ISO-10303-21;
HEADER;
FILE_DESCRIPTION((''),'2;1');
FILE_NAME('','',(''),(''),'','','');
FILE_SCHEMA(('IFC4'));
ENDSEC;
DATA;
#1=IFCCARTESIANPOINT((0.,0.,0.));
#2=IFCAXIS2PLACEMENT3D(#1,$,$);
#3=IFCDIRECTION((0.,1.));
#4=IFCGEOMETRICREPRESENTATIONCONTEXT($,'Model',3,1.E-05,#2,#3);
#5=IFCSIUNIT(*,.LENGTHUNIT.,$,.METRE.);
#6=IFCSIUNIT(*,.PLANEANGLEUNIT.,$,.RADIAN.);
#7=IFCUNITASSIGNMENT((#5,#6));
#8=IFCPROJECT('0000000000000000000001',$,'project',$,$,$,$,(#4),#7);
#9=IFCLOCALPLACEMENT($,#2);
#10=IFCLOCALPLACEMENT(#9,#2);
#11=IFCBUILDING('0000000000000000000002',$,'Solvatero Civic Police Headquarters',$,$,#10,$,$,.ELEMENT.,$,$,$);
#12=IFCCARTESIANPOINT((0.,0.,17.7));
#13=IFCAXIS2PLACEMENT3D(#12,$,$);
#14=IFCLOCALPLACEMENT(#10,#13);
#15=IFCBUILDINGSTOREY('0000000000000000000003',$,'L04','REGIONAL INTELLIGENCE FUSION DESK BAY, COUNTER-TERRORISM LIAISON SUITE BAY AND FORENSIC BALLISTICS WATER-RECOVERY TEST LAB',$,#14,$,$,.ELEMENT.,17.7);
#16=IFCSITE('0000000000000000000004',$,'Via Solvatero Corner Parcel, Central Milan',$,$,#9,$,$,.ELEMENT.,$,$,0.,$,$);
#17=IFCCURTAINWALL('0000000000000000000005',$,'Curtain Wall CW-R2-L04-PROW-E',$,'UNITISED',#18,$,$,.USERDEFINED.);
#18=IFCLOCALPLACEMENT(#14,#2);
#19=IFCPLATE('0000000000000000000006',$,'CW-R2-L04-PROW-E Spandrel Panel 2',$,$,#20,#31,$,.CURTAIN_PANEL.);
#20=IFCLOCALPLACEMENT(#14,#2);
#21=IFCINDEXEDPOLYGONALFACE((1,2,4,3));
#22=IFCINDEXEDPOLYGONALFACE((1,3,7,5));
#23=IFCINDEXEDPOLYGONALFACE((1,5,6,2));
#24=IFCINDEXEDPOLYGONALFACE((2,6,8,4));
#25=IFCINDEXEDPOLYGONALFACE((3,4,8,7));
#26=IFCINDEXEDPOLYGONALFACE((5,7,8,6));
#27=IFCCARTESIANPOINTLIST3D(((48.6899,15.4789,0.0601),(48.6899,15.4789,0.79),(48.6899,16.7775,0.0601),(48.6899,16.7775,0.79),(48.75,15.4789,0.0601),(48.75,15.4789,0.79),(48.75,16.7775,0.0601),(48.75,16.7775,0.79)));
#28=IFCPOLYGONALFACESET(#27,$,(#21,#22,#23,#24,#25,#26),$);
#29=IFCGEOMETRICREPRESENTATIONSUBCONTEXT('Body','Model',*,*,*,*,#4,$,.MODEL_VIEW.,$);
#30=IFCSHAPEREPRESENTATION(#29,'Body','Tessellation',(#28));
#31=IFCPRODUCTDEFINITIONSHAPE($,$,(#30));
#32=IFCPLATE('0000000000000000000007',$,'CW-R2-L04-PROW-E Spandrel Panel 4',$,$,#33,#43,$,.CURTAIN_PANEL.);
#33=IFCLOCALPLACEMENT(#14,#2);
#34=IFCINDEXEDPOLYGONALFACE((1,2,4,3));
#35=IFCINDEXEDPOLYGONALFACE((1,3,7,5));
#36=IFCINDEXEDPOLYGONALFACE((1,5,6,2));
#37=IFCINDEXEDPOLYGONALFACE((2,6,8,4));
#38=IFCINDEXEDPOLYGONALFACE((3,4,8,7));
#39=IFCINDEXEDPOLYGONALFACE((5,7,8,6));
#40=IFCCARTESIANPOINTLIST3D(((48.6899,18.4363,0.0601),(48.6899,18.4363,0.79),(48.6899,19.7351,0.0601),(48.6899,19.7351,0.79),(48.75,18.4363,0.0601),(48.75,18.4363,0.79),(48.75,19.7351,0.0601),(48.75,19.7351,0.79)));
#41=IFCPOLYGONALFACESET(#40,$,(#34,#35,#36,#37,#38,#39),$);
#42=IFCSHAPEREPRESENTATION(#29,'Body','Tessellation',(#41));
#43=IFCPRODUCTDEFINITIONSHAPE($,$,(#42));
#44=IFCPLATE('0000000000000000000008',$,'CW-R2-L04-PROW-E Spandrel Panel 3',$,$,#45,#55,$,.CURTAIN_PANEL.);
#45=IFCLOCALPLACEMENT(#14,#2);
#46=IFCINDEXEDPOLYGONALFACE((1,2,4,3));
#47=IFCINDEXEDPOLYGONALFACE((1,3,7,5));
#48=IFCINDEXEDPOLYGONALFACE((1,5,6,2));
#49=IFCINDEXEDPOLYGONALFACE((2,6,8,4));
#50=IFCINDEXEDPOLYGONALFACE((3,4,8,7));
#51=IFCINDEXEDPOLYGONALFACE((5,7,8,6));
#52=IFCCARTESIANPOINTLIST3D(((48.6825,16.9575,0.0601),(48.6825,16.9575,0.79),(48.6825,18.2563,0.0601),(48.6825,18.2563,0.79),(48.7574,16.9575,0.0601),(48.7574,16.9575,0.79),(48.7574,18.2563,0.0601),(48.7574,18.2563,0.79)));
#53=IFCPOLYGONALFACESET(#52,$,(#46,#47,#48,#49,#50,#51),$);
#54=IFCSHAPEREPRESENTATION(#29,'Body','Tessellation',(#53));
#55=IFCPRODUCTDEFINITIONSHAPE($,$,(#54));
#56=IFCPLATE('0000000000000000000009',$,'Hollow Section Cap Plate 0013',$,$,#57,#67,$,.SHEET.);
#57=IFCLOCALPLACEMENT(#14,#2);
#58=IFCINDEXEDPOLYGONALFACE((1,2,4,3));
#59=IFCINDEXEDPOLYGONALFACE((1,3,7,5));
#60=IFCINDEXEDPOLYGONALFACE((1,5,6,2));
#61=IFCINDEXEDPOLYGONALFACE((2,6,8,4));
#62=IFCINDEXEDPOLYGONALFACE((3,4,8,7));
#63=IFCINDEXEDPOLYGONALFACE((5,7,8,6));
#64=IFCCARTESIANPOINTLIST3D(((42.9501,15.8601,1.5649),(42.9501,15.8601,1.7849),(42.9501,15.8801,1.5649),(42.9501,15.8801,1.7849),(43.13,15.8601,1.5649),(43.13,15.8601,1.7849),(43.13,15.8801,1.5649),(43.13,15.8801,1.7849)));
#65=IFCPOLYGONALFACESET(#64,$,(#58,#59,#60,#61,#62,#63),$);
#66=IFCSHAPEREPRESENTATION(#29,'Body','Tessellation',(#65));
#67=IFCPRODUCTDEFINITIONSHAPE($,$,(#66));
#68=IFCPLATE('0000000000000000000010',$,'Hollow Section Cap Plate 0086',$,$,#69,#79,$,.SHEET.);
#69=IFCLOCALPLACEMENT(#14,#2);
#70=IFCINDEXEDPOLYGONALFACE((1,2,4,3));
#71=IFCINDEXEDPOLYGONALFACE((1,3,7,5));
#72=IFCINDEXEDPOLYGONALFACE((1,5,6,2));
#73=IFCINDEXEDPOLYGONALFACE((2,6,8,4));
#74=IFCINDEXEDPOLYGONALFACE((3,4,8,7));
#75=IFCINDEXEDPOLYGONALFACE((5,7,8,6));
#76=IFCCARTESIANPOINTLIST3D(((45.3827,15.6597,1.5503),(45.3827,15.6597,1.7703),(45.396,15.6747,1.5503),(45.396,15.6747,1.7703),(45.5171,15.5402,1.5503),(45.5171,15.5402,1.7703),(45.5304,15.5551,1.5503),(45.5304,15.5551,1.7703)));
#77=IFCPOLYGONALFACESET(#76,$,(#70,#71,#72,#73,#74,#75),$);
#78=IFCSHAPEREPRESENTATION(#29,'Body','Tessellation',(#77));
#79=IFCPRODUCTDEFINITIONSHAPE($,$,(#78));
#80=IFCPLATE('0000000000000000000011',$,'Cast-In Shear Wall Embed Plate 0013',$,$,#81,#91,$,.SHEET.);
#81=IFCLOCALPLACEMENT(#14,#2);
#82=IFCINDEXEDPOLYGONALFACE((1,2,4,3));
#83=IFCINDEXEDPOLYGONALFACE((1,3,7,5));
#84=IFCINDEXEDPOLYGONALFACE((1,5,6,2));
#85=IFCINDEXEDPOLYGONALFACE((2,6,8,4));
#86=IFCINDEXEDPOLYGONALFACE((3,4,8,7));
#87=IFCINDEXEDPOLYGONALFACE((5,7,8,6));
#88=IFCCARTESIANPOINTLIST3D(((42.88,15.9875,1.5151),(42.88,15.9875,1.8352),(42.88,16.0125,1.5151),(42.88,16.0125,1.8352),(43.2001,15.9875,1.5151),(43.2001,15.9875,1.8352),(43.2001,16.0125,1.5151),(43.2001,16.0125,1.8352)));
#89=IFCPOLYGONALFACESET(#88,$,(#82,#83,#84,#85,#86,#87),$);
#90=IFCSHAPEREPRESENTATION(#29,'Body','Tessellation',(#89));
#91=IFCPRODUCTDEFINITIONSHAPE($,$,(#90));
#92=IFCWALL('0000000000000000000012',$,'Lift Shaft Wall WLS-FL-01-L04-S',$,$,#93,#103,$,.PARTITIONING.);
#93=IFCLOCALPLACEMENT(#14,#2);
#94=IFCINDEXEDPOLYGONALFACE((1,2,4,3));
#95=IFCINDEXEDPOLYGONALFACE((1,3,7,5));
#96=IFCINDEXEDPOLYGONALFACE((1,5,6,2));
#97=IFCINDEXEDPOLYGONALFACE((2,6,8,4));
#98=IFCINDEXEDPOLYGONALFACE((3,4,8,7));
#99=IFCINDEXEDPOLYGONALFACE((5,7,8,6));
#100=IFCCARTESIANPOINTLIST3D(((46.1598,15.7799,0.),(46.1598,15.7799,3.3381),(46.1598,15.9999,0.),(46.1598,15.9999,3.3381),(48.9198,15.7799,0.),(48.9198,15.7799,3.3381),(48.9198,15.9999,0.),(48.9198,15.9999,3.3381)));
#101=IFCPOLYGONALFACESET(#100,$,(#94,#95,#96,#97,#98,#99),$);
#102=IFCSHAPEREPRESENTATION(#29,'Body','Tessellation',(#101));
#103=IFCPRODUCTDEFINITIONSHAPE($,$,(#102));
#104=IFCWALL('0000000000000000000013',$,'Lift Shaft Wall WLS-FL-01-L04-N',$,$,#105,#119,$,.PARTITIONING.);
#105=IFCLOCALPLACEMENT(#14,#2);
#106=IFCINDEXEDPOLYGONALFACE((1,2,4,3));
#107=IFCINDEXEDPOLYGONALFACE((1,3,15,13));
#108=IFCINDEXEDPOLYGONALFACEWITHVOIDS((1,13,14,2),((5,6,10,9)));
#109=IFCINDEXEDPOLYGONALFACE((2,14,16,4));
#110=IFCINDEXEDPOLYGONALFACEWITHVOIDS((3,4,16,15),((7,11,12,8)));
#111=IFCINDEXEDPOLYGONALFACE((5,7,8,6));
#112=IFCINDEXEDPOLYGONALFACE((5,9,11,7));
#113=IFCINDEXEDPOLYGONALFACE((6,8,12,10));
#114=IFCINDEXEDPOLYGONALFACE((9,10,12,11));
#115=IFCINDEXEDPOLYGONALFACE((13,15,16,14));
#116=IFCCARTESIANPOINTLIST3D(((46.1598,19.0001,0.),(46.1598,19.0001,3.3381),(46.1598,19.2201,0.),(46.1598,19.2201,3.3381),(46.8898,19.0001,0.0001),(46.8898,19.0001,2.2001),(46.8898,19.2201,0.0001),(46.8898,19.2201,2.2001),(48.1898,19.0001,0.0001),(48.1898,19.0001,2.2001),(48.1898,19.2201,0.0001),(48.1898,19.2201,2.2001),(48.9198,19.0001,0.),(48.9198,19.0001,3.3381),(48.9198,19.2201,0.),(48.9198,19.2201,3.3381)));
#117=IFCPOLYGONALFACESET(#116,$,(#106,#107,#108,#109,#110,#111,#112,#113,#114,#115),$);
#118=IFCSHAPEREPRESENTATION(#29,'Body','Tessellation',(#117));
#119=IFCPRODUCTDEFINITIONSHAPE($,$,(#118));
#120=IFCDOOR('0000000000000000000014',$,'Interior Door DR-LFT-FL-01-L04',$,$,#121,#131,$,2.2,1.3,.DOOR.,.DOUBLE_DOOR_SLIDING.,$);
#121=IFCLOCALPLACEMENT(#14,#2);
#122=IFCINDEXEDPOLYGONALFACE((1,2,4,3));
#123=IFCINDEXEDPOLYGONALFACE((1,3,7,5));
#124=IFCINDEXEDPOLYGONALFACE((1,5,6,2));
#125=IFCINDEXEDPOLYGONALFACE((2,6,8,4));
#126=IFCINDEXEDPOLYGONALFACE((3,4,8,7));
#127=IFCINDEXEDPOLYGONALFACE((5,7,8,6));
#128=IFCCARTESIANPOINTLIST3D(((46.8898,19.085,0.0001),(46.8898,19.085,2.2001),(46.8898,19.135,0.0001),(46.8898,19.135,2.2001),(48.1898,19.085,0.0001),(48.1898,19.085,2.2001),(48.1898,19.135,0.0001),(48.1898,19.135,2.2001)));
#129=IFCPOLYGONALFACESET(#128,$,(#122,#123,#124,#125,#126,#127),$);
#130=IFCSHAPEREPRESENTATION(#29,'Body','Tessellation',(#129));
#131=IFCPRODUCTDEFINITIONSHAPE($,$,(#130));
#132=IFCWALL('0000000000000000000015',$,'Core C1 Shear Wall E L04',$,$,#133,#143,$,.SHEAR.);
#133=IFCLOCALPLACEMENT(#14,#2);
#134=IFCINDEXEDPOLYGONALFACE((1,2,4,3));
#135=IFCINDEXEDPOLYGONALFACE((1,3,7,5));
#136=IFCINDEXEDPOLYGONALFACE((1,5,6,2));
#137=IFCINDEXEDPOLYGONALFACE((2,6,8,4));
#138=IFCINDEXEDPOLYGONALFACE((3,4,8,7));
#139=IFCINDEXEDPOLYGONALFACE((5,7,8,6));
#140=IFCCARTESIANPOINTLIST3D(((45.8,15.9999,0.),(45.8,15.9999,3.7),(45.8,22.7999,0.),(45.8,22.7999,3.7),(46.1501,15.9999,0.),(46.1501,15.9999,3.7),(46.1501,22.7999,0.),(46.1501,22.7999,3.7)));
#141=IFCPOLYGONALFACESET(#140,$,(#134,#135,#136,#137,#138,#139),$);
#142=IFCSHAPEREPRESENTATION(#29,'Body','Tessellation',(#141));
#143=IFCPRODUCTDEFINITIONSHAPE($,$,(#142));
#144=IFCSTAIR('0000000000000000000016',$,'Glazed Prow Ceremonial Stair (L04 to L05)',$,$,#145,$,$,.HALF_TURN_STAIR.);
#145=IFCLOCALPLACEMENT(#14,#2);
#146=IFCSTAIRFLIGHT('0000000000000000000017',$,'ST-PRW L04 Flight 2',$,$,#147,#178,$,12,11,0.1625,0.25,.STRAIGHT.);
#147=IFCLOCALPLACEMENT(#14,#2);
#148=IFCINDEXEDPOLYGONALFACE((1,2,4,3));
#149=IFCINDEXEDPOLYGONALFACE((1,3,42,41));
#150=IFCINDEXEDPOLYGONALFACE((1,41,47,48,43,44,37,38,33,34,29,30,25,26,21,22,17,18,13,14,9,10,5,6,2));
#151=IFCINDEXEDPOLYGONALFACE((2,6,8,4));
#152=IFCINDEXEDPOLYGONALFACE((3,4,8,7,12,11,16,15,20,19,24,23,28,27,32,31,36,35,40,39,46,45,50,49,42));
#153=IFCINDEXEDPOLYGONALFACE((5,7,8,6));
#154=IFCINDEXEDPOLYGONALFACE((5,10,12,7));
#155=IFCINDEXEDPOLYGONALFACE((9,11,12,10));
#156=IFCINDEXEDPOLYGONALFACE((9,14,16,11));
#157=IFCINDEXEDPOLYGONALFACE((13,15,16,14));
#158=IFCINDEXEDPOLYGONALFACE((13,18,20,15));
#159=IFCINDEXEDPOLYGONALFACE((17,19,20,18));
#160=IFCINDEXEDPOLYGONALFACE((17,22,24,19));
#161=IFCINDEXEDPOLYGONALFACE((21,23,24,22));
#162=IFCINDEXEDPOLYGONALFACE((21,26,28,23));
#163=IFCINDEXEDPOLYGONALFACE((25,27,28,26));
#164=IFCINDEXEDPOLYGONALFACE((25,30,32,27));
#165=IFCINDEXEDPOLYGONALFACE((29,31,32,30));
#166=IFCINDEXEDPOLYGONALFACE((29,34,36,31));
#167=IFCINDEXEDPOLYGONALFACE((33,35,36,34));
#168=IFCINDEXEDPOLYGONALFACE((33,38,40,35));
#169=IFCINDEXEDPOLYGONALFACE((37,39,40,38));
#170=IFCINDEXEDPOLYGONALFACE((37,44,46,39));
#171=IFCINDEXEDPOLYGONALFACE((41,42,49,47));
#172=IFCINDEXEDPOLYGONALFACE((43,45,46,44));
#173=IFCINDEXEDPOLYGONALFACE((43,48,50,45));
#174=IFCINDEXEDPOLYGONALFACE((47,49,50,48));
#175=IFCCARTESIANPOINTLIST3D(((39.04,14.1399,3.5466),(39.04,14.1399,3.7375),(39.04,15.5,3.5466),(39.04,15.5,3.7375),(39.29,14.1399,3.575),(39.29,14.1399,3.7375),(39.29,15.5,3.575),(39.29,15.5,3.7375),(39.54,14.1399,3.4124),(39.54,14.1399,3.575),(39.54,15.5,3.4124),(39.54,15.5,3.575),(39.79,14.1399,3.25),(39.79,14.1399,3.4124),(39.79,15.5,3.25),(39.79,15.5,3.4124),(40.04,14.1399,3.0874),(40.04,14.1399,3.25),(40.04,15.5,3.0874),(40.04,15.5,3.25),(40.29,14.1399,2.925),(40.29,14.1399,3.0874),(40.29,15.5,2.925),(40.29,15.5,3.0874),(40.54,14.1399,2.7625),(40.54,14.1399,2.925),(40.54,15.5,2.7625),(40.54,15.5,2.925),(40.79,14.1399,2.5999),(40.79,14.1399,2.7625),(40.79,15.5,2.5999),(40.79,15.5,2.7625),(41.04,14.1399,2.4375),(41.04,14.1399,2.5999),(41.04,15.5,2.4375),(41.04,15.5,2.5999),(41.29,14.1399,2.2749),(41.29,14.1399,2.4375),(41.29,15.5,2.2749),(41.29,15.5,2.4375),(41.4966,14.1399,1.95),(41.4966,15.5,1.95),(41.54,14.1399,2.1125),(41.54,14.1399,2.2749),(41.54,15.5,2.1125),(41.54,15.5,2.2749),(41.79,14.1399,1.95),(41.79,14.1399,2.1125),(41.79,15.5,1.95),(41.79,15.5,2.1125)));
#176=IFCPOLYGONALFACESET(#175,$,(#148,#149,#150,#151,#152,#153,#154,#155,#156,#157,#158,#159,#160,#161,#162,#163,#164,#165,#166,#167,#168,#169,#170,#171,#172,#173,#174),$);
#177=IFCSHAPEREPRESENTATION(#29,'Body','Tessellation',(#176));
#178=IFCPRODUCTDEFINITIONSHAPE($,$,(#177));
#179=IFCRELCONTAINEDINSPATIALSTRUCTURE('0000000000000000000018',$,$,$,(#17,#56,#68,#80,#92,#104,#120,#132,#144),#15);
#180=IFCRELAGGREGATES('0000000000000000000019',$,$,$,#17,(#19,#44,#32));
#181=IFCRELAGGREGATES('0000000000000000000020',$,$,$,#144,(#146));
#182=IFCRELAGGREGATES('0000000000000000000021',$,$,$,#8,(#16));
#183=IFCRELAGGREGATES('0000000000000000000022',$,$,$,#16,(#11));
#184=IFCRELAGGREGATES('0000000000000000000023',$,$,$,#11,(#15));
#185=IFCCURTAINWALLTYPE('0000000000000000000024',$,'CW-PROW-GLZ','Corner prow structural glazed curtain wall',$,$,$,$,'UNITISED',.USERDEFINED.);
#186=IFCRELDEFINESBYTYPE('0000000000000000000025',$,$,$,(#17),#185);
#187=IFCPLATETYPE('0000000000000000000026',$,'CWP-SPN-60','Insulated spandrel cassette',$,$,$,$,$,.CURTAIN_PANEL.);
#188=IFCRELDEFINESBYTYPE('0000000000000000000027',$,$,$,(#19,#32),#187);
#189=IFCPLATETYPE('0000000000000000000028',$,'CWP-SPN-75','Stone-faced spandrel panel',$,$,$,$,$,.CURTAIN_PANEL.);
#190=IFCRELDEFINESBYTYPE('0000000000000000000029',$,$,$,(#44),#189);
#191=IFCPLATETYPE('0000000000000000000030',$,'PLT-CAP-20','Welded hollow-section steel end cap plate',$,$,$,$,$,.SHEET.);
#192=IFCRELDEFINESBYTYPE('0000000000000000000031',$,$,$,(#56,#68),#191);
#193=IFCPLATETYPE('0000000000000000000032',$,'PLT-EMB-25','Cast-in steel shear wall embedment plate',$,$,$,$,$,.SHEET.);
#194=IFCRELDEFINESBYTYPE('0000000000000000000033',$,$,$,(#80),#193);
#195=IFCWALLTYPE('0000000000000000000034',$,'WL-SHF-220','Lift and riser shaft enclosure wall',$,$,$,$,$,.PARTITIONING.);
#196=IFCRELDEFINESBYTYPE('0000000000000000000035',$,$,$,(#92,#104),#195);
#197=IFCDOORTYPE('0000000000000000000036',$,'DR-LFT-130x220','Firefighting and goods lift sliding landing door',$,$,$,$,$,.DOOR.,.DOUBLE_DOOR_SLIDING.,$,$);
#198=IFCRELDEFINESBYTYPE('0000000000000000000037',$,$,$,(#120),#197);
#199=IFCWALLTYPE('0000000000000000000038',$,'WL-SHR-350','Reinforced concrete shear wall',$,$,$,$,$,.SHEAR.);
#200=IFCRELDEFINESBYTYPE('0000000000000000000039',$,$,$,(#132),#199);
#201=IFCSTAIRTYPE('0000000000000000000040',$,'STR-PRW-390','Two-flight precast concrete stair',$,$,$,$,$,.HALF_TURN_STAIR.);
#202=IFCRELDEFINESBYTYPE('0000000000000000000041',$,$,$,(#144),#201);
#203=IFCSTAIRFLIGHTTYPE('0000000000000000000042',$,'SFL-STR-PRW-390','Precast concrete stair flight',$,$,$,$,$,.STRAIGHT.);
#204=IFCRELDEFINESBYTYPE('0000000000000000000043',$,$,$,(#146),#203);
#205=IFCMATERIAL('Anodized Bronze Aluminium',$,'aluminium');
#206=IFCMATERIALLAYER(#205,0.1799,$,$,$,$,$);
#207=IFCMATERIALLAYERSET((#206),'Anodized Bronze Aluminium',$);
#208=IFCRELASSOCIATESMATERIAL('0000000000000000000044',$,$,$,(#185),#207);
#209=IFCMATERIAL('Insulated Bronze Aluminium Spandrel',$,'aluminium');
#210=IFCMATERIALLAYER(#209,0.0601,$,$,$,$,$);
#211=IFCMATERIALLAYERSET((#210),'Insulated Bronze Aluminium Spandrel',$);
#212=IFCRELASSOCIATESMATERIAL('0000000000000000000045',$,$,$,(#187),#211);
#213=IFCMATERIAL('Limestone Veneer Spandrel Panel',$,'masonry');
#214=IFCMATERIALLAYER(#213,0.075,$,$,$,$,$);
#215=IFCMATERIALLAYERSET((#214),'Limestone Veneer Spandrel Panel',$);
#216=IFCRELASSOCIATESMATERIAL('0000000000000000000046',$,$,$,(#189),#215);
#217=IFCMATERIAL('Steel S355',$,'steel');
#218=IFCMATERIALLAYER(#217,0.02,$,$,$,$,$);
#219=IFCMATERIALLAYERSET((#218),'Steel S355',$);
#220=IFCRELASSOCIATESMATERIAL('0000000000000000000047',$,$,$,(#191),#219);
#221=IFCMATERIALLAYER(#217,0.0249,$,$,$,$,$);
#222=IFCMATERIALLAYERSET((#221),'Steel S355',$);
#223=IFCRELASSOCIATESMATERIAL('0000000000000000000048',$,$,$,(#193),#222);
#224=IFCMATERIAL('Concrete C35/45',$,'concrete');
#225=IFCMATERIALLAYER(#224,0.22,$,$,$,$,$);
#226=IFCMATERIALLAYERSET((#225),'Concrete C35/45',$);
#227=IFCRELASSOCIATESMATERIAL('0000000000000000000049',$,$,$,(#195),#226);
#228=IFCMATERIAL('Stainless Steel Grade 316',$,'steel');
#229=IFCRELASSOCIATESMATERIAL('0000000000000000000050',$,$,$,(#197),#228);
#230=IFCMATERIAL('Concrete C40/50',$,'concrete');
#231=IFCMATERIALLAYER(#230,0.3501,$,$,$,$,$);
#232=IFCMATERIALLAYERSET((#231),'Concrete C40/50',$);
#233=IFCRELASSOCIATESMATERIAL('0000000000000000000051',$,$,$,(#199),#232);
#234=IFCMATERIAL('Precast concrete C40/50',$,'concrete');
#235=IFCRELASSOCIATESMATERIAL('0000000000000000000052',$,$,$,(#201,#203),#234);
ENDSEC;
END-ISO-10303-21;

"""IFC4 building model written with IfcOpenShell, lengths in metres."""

from ifc_helpers import new_model, si_unit, direction, frame, frame_2d, origin, origin_2d, place, context, subcontext, project, spatial, polyline, rectangle, outline, extrude, material, layer, layer_set, type_object, element, fill, aggregate, save


model = new_model("IFC4")

# Units and contexts
model_context = context("Model", 3, precision=1e-05, world=origin(), true_north=direction((0.0, 1.0)))
body_context = subcontext(model_context, "Body", "Model", "MODEL_VIEW")
ifc_project = project(units=[si_unit("LENGTHUNIT", "METRE"), si_unit("PLANEANGLEUNIT", "RADIAN")], contexts=[model_context])

# Site, building, storey
site_placement = place(None, origin())
site = spatial("IfcSite", under=ifc_project, at=site_placement, Name="Via Solvatero Corner Parcel, Central Milan", CompositionType="ELEMENT", RefElevation=0.0)
building_placement = place(site_placement, origin())
building = spatial("IfcBuilding", under=site, at=building_placement, Name="Solvatero Civic Police Headquarters", CompositionType="ELEMENT")
storey_placement = place(building_placement, frame((0.0, 0.0, 17.7)))
storey = spatial("IfcBuildingStorey", under=building, at=storey_placement, Name="L04", Description="REGIONAL INTELLIGENCE FUSION DESK BAY, COUNTER-TERRORISM LIAISON SUITE BAY AND FORENSIC BALLISTICS WATER-RECOVERY TEST LAB", CompositionType="ELEMENT", Elevation=17.7)

# Shared definitions
ifc_material_1 = material(Name="Steel S355", Category="steel")

# Curtain wall
ifc_material_2 = material(Name="Anodized Bronze Aluminium", Category="aluminium")
ifc_layer_1 = layer(ifc_material_2, 0.1799)
ifc_layer_set_1 = layer_set([ifc_layer_1], Name="Anodized Bronze Aluminium")
curtain_wall_type = type_object("IfcCurtainWallType", Name="CW-PROW-GLZ", Description="Corner prow structural glazed curtain wall", ElementType="UNITISED", PredefinedType="USERDEFINED", material=ifc_layer_set_1)
curtain_wall_placement = place(storey_placement, origin())
curtain_wall = element("IfcCurtainWall", 1, at=curtain_wall_placement, inside=storey, type_object=curtain_wall_type, Name="Curtain Wall CW-R2-L04-PROW-E", ObjectType="UNITISED", PredefinedType="USERDEFINED")

# Plates
ifc_material_3 = material(Name="Insulated Bronze Aluminium Spandrel", Category="aluminium")
ifc_layer_2 = layer(ifc_material_3, 0.0601)
ifc_layer_set_2 = layer_set([ifc_layer_2], Name="Insulated Bronze Aluminium Spandrel")
plate_type_1 = type_object("IfcPlateType", Name="CWP-SPN-60", Description="Insulated spandrel cassette", PredefinedType="CURTAIN_PANEL", material=ifc_layer_set_2)
plate_1_placement = place(storey_placement, frame((48.72, 16.1282, 0.0601), z_axis=(0.0, 0.0, 1.0), x_axis=(0.0, 1.0, 0.0)))
plate_1 = element("IfcPlate", 2, at=plate_1_placement, type_object=plate_type_1, Name="CW-R2-L04-PROW-E Spandrel Panel 2", PredefinedType="CURTAIN_PANEL", context=body_context, shape_type="SweptSolid", body=[
    extrude(rectangle(XDim=1.2986, YDim=0.0601, at=origin_2d()), origin(), (0.0, 0.0, 1.0), 0.73),
])
plate_2_placement = place(storey_placement, frame((48.72, 19.0857, 0.0601), z_axis=(0.0, 0.0, 1.0), x_axis=(0.0, 1.0, 0.0)))
plate_2 = element("IfcPlate", 3, at=plate_2_placement, type_object=plate_type_1, Name="CW-R2-L04-PROW-E Spandrel Panel 4", PredefinedType="CURTAIN_PANEL", context=body_context, shape_type="SweptSolid", body=[
    extrude(rectangle(XDim=1.2988, YDim=0.0601, at=origin_2d()), origin(), (0.0, 0.0, 1.0), 0.73),
])
ifc_material_4 = material(Name="Limestone Veneer Spandrel Panel", Category="masonry")
ifc_layer_3 = layer(ifc_material_4, 0.075)
ifc_layer_set_3 = layer_set([ifc_layer_3], Name="Limestone Veneer Spandrel Panel")
plate_type_2 = type_object("IfcPlateType", Name="CWP-SPN-75", Description="Stone-faced spandrel panel", PredefinedType="CURTAIN_PANEL", material=ifc_layer_set_3)
plate_3_placement = place(storey_placement, frame((48.72, 17.6069, 0.0601), z_axis=(0.0, 0.0, 1.0), x_axis=(0.0, 1.0, 0.0)))
plate_3 = element("IfcPlate", 4, at=plate_3_placement, type_object=plate_type_2, Name="CW-R2-L04-PROW-E Spandrel Panel 3", PredefinedType="CURTAIN_PANEL", context=body_context, shape_type="SweptSolid", body=[
    extrude(rectangle(XDim=1.2988, YDim=0.075, at=origin_2d()), origin(), (0.0, 0.0, 1.0), 0.73),
])
aggregate(curtain_wall, [plate_1, plate_3, plate_2])

# Plates
ifc_layer_4 = layer(ifc_material_1, 0.02)
ifc_layer_set_4 = layer_set([ifc_layer_4], Name="Steel S355")
plate_type_3 = type_object("IfcPlateType", Name="PLT-CAP-20", Description="Welded hollow-section steel end cap plate", PredefinedType="SHEET", material=ifc_layer_set_4)
plate_4_placement = place(storey_placement, frame((43.04, 15.8701, 1.5649), z_axis=(0.0, 0.0, 1.0), x_axis=(1.0, 0.0, 0.0)))
element("IfcPlate", 5, at=plate_4_placement, inside=storey, type_object=plate_type_3, Name="Hollow Section Cap Plate 0013", PredefinedType="SHEET", context=body_context, shape_type="SweptSolid", body=[
    extrude(rectangle(XDim=0.1799, YDim=0.02, at=origin_2d()), origin(), (0.0, 0.0, 1.0), 0.22),
])
plate_5_placement = place(storey_placement, frame((45.4565, 15.6074, 1.5503), z_axis=(0.0, 0.0, 1.0), x_axis=(0.66437, 0.747404, 0.0)))
element("IfcPlate", 6, at=plate_5_placement, inside=storey, type_object=plate_type_3, Name="Hollow Section Cap Plate 0086", PredefinedType="SHEET", context=body_context, shape_type="SweptSolid", body=[
    extrude(rectangle(XDim=0.02, YDim=0.1799, at=origin_2d()), origin(), (0.0, 0.0, 1.0), 0.22),
])
ifc_layer_5 = layer(ifc_material_1, 0.0249)
ifc_layer_set_5 = layer_set([ifc_layer_5], Name="Steel S355")
plate_type_4 = type_object("IfcPlateType", Name="PLT-EMB-25", Description="Cast-in steel shear wall embedment plate", PredefinedType="SHEET", material=ifc_layer_set_5)
plate_6_placement = place(storey_placement, frame((43.04, 16.0, 1.5151), z_axis=(0.0, 0.0, 1.0), x_axis=(1.0, 0.0, 0.0)))
element("IfcPlate", 7, at=plate_6_placement, inside=storey, type_object=plate_type_4, Name="Cast-In Shear Wall Embed Plate 0013", PredefinedType="SHEET", context=body_context, shape_type="SweptSolid", body=[
    extrude(rectangle(XDim=0.3201, YDim=0.0249, at=origin_2d()), origin(), (0.0, 0.0, 1.0), 0.3201),
])

# Wall
ifc_material_5 = material(Name="Concrete C35/45", Category="concrete")
ifc_layer_6 = layer(ifc_material_5, 0.22)
ifc_layer_set_6 = layer_set([ifc_layer_6], Name="Concrete C35/45")
wall_type_1 = type_object("IfcWallType", Name="WL-SHF-220", Description="Lift and riser shaft enclosure wall", PredefinedType="PARTITIONING", material=ifc_layer_set_6)
wall_1_placement = place(storey_placement, frame((46.1599, 15.8899, 0.0), z_axis=(0.0, 0.0, 1.0), x_axis=(1.0, 0.0, 0.0)))
element("IfcWall", 8, at=wall_1_placement, inside=storey, type_object=wall_type_1, Name="Lift Shaft Wall WLS-FL-01-L04-S", PredefinedType="PARTITIONING", context=body_context, shape_type="SweptSolid", body=[
    extrude(rectangle(XDim=2.76, YDim=0.22, at=frame_2d((1.3799, 0.0))), origin(), (0.0, 0.0, 1.0), 3.3381),
])

# Wall, opening, door
wall_2_placement = place(storey_placement, frame((46.1599, 19.1101, 0.0), z_axis=(0.0, 0.0, 1.0), x_axis=(1.0, 0.0, 0.0)))
wall_2 = element("IfcWall", 9, at=wall_2_placement, inside=storey, type_object=wall_type_1, Name="Lift Shaft Wall WLS-FL-01-L04-N", PredefinedType="PARTITIONING", context=body_context, shape_type="SweptSolid", body=[
    extrude(rectangle(XDim=2.76, YDim=0.22, at=frame_2d((1.3799, 0.0))), origin(), (0.0, 0.0, 1.0), 3.3381),
])
opening_placement = place(wall_2_placement, frame((0.73, 0.0, 0.0)))
opening = element("IfcOpeningElement", 10, at=opening_placement, cuts=wall_2, PredefinedType="OPENING", context=body_context, shape_type="SweptSolid", body=[
    extrude(rectangle(XDim=1.3, YDim=2.2, at=frame_2d((0.6499, 1.1001))), frame((0.0, 0.1199, 0.0), z_axis=(0.0, -1.0, 0.0), x_axis=(1.0, 0.0, 0.0)), (0.0, 0.0, 1.0), 0.24),
])
ifc_material_6 = material(Name="Stainless Steel Grade 316", Category="steel")
door_type = type_object("IfcDoorType", Name="DR-LFT-130x220", Description="Firefighting and goods lift sliding landing door", OperationType="DOUBLE_DOOR_SLIDING", PredefinedType="DOOR", material=ifc_material_6)
door_placement = place(opening_placement, origin())
door = element("IfcDoor", 11, at=door_placement, inside=storey, type_object=door_type, Name="Interior Door DR-LFT-FL-01-L04", OperationType="DOUBLE_DOOR_SLIDING", OverallHeight=2.2, OverallWidth=1.3, PredefinedType="DOOR", context=body_context, shape_type="SweptSolid", body=[
    extrude(rectangle(XDim=1.3, YDim=2.2, at=frame_2d((0.6499, 1.1001))), frame((0.0, 0.0249, 0.0), z_axis=(0.0, -1.0, 0.0), x_axis=(1.0, 0.0, 0.0)), (0.0, 0.0, 1.0), 0.05),
])
fill(opening, door)

# Wall
ifc_material_7 = material(Name="Concrete C40/50", Category="concrete")
ifc_layer_7 = layer(ifc_material_7, 0.3501)
ifc_layer_set_7 = layer_set([ifc_layer_7], Name="Concrete C40/50")
wall_type_2 = type_object("IfcWallType", Name="WL-SHR-350", Description="Reinforced concrete shear wall", PredefinedType="SHEAR", material=ifc_layer_set_7)
wall_3_placement = place(storey_placement, frame((45.9751, 16.0, 0.0), z_axis=(0.0, 0.0, 1.0), x_axis=(0.0, 1.0, 0.0)))
element("IfcWall", 12, at=wall_3_placement, inside=storey, type_object=wall_type_2, Name="Core C1 Shear Wall E L04", PredefinedType="SHEAR", context=body_context, shape_type="SweptSolid", body=[
    extrude(rectangle(XDim=6.8, YDim=0.3501, at=frame_2d((3.3999, 0.0))), origin(), (0.0, 0.0, 1.0), 3.7),
])

# Stair, stair flight
ifc_material_8 = material(Name="Precast concrete C40/50", Category="concrete")
stair_type = type_object("IfcStairType", Name="STR-PRW-390", Description="Two-flight precast concrete stair", PredefinedType="HALF_TURN_STAIR", material=ifc_material_8)
stair_placement = place(storey_placement, origin())
stair = element("IfcStair", 13, at=stair_placement, inside=storey, type_object=stair_type, Name="Glazed Prow Ceremonial Stair (L04 to L05)", PredefinedType="HALF_TURN_STAIR")
stair_flight_type = type_object("IfcStairFlightType", Name="SFL-STR-PRW-390", Description="Precast concrete stair flight", PredefinedType="STRAIGHT", material=ifc_material_8)
stair_flight_placement = place(storey_placement, frame((41.79, 14.8201, 1.95), z_axis=(0.0, 0.0, 1.0), x_axis=(-1.0, 0.0, 0.0)))
stair_flight = element("IfcStairFlight", 14, at=stair_flight_placement, type_object=stair_flight_type, Name="ST-PRW L04 Flight 2", NumberOfRisers=12, NumberOfTreads=11, PredefinedType="STRAIGHT", RiserHeight=0.1625, TreadLength=0.25, context=body_context, shape_type="SweptSolid", body=[
    extrude(outline(polyline([(0.0, 0.0), (0.0, 0.1626), (0.25, 0.1626), (0.25, 0.325), (0.5, 0.325), (0.5, 0.4875), (0.75, 0.4875), (0.75, 0.6499), (1.0, 0.6499), (1.0, 0.8125), (1.25, 0.8125), (1.25, 0.9751), (1.5, 0.9751), (1.5, 1.1375), (1.75, 1.1375), (1.75, 1.3), (2.0, 1.3), (2.0, 1.4624), (2.25, 1.4624), (2.25, 1.625), (2.5, 1.625), (2.5, 1.7876), (2.75, 1.7876), (2.75, 1.95), (2.75, 1.5967), (0.2935, 0.0), (0.0, 0.0)])), frame((0.0, 0.6802, 0.0), z_axis=(0.0, -1.0, 0.0), x_axis=(1.0, 0.0, 0.0)), (0.0, 0.0, 1.0), 1.3601),
])
aggregate(stair, [stair_flight])

save(model, "model.ifc")
